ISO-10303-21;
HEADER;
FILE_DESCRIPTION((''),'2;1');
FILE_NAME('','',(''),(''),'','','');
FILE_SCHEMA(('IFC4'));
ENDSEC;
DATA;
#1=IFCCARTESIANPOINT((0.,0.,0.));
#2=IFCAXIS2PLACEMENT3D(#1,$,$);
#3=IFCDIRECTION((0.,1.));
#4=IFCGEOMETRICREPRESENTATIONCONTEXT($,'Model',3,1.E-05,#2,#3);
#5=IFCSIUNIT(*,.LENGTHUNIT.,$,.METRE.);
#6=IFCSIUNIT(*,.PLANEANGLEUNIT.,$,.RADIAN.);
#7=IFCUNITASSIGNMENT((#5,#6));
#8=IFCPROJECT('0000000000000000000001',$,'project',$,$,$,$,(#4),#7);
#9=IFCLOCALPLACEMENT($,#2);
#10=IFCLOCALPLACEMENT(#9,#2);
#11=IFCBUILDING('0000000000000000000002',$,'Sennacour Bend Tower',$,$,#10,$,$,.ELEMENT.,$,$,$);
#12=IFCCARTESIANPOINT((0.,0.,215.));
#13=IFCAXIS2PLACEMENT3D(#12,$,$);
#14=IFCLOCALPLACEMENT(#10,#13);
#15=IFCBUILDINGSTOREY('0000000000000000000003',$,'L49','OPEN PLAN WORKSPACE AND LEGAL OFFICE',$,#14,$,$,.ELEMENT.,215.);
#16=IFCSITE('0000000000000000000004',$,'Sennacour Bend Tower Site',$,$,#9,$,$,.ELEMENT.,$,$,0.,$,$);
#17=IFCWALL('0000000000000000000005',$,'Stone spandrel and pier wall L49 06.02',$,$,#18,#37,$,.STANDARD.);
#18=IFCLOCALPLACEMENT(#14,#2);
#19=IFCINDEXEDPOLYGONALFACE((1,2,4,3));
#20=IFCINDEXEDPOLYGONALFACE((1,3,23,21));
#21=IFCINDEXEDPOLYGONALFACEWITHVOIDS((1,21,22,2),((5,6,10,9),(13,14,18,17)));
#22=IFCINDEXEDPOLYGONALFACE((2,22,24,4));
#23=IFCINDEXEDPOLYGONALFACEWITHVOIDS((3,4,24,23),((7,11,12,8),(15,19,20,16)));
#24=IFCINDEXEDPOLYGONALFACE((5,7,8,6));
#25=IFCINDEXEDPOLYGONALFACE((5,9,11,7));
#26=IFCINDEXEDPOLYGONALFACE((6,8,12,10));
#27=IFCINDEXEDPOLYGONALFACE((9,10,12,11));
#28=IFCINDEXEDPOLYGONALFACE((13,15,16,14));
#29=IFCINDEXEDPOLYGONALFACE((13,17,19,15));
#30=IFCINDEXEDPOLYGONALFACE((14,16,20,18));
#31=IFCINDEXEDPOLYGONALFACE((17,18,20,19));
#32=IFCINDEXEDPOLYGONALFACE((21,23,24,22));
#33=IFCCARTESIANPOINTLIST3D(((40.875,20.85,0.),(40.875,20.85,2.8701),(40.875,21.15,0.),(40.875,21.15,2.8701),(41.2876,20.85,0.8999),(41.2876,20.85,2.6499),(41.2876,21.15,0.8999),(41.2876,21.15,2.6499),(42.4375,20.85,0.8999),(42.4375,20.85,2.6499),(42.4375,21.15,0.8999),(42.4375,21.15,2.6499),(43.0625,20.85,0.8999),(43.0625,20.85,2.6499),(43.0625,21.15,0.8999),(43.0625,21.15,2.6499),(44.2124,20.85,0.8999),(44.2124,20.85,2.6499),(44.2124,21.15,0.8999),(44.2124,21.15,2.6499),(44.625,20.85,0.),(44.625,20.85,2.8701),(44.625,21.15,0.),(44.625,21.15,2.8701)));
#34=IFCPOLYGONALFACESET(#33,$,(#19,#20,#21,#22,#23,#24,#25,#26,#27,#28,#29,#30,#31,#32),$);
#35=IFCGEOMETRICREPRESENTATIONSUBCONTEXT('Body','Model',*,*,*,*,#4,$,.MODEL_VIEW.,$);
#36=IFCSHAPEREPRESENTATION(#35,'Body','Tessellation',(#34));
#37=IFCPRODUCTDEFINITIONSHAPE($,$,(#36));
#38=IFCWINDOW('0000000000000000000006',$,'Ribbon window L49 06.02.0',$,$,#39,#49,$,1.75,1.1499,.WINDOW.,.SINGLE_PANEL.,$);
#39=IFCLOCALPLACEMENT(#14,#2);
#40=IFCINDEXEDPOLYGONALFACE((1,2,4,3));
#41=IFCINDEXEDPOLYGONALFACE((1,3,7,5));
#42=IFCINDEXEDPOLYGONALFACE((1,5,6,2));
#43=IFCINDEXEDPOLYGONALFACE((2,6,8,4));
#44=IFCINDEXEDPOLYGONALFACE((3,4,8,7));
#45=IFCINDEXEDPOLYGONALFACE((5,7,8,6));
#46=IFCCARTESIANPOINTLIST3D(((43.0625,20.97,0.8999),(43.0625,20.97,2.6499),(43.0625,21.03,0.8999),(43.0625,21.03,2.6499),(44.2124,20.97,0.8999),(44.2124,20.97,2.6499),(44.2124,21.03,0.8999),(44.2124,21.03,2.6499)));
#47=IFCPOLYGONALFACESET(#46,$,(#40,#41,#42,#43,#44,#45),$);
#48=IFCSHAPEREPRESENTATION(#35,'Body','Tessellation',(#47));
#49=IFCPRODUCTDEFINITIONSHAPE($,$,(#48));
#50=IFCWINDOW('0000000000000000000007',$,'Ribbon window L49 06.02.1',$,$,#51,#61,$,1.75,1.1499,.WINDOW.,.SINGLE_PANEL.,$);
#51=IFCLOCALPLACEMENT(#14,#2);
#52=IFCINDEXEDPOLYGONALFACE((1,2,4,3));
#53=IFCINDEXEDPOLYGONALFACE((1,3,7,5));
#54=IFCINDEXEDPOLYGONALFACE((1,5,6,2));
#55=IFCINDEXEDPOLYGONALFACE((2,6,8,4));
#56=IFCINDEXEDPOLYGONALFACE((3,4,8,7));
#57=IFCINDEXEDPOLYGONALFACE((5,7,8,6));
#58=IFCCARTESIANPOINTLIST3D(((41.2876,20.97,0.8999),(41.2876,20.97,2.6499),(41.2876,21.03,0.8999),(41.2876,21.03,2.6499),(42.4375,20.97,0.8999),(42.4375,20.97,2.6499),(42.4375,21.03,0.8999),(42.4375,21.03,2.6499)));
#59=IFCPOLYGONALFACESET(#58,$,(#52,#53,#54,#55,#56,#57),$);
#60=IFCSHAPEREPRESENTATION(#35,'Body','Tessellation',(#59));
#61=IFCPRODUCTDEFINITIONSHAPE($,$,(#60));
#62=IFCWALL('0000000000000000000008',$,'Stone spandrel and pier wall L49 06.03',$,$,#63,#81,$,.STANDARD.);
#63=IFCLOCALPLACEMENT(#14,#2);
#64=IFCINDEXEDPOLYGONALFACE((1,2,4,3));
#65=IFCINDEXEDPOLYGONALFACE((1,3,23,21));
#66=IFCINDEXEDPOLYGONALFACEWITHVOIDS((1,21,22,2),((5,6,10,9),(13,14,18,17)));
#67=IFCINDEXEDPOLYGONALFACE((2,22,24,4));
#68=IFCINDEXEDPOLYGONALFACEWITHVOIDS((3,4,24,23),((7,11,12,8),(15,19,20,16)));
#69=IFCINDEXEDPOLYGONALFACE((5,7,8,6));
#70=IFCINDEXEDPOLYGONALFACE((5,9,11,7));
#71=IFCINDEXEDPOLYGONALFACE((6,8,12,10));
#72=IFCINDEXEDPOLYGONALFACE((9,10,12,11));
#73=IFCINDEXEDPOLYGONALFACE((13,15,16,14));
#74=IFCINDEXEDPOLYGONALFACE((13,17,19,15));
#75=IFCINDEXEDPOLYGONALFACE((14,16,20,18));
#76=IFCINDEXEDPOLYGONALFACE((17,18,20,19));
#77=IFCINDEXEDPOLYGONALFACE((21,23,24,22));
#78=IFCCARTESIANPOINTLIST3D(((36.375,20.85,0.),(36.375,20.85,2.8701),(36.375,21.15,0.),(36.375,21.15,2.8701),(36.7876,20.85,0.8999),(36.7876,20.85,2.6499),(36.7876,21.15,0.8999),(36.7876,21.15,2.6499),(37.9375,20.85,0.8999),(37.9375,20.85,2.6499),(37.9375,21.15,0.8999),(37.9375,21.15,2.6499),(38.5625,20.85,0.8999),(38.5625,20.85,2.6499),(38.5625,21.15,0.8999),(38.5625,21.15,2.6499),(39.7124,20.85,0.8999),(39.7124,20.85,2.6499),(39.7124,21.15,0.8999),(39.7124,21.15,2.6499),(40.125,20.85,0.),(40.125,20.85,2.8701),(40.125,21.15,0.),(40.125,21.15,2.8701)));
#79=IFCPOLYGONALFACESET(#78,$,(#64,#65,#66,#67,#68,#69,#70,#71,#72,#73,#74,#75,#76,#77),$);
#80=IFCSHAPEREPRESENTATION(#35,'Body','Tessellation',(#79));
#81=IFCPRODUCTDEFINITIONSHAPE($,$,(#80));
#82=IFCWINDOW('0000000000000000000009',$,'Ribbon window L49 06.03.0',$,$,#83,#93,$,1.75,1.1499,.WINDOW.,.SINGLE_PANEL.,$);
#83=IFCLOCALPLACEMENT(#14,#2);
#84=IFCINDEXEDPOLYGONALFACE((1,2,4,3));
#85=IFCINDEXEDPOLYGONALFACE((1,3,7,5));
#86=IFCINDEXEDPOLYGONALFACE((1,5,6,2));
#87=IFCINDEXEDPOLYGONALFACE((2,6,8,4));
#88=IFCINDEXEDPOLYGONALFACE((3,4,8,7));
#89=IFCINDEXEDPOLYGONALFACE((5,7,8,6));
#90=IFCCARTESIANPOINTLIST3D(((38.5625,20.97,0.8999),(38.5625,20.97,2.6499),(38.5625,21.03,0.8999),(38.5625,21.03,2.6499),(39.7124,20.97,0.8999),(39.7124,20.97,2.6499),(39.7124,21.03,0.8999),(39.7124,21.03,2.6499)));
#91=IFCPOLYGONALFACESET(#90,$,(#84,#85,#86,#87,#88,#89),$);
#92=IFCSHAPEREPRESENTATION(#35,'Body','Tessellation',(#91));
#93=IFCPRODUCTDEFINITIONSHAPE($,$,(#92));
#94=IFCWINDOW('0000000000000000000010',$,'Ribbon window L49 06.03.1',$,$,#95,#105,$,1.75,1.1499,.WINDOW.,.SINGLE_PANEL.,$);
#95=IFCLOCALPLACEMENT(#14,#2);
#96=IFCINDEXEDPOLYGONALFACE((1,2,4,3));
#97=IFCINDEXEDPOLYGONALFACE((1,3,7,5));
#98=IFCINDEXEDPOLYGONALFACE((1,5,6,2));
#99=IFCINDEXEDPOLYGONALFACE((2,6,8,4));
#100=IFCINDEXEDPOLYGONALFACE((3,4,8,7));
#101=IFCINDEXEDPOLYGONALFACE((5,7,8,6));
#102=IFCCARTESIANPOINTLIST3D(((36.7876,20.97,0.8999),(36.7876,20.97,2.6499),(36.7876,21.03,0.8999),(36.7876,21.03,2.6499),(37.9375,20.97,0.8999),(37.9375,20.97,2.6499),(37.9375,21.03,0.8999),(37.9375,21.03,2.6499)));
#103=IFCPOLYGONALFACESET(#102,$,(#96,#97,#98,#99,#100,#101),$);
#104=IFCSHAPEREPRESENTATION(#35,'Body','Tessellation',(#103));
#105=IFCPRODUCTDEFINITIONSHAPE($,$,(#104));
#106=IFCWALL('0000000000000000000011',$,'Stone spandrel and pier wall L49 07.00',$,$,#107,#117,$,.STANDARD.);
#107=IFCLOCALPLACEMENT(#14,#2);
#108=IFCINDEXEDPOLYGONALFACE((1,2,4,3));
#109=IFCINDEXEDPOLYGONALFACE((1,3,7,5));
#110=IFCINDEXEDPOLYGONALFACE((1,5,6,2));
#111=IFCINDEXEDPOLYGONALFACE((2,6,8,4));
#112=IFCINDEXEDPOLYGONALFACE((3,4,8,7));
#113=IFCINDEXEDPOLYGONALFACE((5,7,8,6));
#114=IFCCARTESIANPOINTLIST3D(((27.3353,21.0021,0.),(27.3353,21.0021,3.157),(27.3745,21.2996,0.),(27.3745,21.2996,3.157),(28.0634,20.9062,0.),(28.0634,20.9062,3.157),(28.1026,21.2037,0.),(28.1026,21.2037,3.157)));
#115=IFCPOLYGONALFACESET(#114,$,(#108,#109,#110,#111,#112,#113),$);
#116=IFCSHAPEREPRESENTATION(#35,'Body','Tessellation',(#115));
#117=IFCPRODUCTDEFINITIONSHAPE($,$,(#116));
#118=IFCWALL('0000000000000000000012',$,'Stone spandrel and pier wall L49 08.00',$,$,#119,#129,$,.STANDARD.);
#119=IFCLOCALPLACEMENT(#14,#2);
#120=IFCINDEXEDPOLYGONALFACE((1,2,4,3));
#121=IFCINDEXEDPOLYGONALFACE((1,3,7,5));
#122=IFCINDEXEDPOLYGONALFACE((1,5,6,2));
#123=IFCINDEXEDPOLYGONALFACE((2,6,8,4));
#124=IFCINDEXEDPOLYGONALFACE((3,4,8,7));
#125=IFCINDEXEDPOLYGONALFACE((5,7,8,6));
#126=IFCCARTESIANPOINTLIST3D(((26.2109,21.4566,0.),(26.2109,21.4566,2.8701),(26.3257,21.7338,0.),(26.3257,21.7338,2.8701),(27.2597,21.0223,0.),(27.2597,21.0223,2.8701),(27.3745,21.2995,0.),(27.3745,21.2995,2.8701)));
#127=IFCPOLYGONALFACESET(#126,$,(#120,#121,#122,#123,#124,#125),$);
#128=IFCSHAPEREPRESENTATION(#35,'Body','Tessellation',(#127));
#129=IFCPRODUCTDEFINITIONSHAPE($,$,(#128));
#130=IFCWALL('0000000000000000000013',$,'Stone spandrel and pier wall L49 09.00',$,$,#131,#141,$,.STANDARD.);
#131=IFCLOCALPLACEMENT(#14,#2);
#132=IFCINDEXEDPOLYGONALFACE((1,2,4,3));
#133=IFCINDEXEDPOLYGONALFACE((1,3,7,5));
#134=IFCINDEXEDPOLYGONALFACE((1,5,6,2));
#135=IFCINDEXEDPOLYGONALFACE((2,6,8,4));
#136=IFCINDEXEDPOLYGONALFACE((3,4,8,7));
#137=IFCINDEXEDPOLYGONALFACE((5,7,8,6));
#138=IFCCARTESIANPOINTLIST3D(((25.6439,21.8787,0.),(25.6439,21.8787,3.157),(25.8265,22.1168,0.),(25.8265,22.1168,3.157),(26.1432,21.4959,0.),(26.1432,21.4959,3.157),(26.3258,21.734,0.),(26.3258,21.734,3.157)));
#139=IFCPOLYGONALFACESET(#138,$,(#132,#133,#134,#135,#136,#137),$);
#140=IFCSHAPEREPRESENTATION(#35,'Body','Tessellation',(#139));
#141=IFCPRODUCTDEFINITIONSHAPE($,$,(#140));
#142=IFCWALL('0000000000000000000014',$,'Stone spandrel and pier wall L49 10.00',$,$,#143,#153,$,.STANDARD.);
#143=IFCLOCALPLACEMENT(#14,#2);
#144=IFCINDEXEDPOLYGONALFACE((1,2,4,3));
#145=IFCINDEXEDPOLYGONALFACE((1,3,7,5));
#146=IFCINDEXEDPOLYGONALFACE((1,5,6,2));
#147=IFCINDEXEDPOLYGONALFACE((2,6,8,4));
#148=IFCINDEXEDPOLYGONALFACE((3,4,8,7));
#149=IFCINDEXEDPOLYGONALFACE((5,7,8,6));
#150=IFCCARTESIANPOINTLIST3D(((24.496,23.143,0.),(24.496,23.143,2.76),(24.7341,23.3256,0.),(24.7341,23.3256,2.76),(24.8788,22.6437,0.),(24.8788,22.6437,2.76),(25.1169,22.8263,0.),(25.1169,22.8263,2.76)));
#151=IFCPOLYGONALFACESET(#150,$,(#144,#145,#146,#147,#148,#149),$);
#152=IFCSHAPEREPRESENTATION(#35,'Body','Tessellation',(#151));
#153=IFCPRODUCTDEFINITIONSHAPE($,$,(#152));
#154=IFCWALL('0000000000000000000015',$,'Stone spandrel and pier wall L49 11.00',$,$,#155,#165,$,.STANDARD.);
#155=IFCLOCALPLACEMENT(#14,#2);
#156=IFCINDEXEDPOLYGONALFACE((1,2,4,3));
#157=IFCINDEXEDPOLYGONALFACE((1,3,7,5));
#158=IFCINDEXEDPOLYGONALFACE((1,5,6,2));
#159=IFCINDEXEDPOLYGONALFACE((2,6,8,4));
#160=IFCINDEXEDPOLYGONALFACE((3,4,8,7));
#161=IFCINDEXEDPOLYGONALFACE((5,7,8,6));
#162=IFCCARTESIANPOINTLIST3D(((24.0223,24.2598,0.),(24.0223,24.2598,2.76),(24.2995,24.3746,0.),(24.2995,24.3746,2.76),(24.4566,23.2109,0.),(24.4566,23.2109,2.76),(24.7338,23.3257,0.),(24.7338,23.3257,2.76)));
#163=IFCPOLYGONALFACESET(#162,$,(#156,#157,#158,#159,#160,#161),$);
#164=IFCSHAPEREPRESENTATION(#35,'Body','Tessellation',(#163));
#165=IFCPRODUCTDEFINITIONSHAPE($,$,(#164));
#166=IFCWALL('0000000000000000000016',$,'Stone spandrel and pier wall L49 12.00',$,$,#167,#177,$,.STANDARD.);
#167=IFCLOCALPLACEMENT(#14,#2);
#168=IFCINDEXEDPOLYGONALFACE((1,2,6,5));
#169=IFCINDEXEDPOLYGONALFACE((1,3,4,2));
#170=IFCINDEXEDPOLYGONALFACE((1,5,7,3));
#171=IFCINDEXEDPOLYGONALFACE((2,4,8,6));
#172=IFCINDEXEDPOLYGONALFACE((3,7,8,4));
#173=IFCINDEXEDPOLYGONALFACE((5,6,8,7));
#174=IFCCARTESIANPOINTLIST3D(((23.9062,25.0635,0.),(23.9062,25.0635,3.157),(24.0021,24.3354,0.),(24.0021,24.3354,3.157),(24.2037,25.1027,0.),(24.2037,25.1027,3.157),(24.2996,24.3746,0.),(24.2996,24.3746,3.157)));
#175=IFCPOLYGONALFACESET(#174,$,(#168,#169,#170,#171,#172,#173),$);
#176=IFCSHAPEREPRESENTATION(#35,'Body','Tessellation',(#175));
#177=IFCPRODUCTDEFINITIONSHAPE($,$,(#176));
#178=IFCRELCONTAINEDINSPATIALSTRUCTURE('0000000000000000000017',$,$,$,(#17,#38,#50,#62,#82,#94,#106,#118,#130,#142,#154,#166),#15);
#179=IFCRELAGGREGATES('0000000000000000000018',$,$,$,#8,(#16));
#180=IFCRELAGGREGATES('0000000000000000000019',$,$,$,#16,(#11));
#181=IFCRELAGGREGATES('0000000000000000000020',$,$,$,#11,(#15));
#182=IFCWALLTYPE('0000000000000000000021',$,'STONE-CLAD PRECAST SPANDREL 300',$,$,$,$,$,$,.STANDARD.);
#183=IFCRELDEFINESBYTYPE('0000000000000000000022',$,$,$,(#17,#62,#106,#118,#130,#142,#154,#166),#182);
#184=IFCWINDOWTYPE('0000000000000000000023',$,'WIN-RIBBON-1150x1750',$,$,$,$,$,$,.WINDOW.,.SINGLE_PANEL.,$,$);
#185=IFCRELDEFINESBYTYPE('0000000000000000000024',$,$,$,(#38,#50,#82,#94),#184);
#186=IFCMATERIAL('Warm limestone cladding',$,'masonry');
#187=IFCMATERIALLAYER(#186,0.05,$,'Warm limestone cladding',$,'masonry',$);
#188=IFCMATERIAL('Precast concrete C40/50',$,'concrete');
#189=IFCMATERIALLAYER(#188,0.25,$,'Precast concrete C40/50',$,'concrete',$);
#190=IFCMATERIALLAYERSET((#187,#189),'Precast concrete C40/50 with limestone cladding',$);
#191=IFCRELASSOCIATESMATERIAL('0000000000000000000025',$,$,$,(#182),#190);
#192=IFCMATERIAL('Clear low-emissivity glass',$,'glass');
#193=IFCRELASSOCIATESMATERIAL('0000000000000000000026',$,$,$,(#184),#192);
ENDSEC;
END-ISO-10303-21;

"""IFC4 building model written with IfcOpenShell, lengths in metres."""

from ifc_helpers import new_model, si_unit, direction, frame, frame_2d, origin, place, context, subcontext, project, spatial, rectangle, extrude, material, layer, layer_set, type_object, element, fill, save


model = new_model("IFC4")

# Units and contexts
model_context = context("Model", 3, precision=1e-05, world=origin(), true_north=direction((0.0, 1.0)))
body_context = subcontext(model_context, "Body", "Model", "MODEL_VIEW")
ifc_project = project(units=[si_unit("LENGTHUNIT", "METRE"), si_unit("PLANEANGLEUNIT", "RADIAN")], contexts=[model_context])

# Site, building, storey
site_placement = place(None, origin())
site = spatial("IfcSite", under=ifc_project, at=site_placement, Name="Sennacour Bend Tower Site", CompositionType="ELEMENT", RefElevation=0.0)
building_placement = place(site_placement, origin())
building = spatial("IfcBuilding", under=site, at=building_placement, Name="Sennacour Bend Tower", CompositionType="ELEMENT")
storey_placement = place(building_placement, frame((0.0, 0.0, 215.0)))
storey = spatial("IfcBuildingStorey", under=building, at=storey_placement, Name="L49", Description="OPEN PLAN WORKSPACE AND LEGAL OFFICE", CompositionType="ELEMENT", Elevation=215.0)

# Walls, openings, windows
ifc_material_1 = material(Name="Warm limestone cladding", Category="masonry")
ifc_layer_1 = layer(ifc_material_1, 0.05, Name="Warm limestone cladding", Category="masonry")
ifc_material_2 = material(Name="Precast concrete C40/50", Category="concrete")
ifc_layer_2 = layer(ifc_material_2, 0.25, Name="Precast concrete C40/50", Category="concrete")
ifc_layer_set = layer_set([ifc_layer_1, ifc_layer_2], Name="Precast concrete C40/50 with limestone cladding")
wall_type = type_object("IfcWallType", Name="STONE-CLAD PRECAST SPANDREL 300", PredefinedType="STANDARD", material=ifc_layer_set)
wall_1_placement = place(storey_placement, frame((44.625, 21.0, 0.0), z_axis=(0.0, 0.0, 1.0), x_axis=(-1.0, 0.0, 0.0)))
wall_1 = element("IfcWall", 1, at=wall_1_placement, inside=storey, type_object=wall_type, Name="Stone spandrel and pier wall L49 06.02", PredefinedType="STANDARD", context=body_context, shape_type="SweptSolid", body=[
    extrude(rectangle(XDim=3.75, YDim=0.3, at=frame_2d((1.875, 0.0))), origin(), (0.0, 0.0, 1.0), 2.8701),
])
opening_1_placement = place(wall_1_placement, frame((0.4126, 0.0, 0.8999)))
opening_1 = element("IfcOpeningElement", 2, at=opening_1_placement, cuts=wall_1, PredefinedType="OPENING", context=body_context, shape_type="SweptSolid", body=[
    extrude(rectangle(XDim=1.1499, YDim=1.75, at=frame_2d((0.575, 0.875))), frame((0.0, 0.1602, 0.0), z_axis=(0.0, -1.0, 0.0), x_axis=(1.0, 0.0, 0.0)), (0.0, 0.0, 1.0), 0.3201),
])
opening_2_placement = place(wall_1_placement, frame((2.1875, 0.0, 0.8999)))
opening_2 = element("IfcOpeningElement", 3, at=opening_2_placement, cuts=wall_1, PredefinedType="OPENING", context=body_context, shape_type="SweptSolid", body=[
    extrude(rectangle(XDim=1.1499, YDim=1.75, at=frame_2d((0.575, 0.875))), frame((0.0, 0.1602, 0.0), z_axis=(0.0, -1.0, 0.0), x_axis=(1.0, 0.0, 0.0)), (0.0, 0.0, 1.0), 0.3201),
])
ifc_material_3 = material(Name="Clear low-emissivity glass", Category="glass")
window_type_1 = type_object("IfcWindowType", Name="WIN-RIBBON-1150x1750", PartitioningType="SINGLE_PANEL", PredefinedType="WINDOW", material=ifc_material_3)
window_1_placement = place(opening_1_placement, origin())
window_1 = element("IfcWindow", 4, at=window_1_placement, inside=storey, type_object=window_type_1, Name="Ribbon window L49 06.02.0", OverallHeight=1.75, OverallWidth=1.1499, PartitioningType="SINGLE_PANEL", PredefinedType="WINDOW", context=body_context, shape_type="SweptSolid", body=[
    extrude(rectangle(XDim=1.1499, YDim=1.75, at=frame_2d((0.575, 0.875))), frame((0.0, 0.03, 0.0), z_axis=(0.0, -1.0, 0.0), x_axis=(1.0, 0.0, 0.0)), (0.0, 0.0, 1.0), 0.0601),
])
fill(opening_1, window_1)
window_2_placement = place(opening_2_placement, origin())
window_2 = element("IfcWindow", 5, at=window_2_placement, inside=storey, type_object=window_type_1, Name="Ribbon window L49 06.02.1", OverallHeight=1.75, OverallWidth=1.1499, PartitioningType="SINGLE_PANEL", PredefinedType="WINDOW", context=body_context, shape_type="SweptSolid", body=[
    extrude(rectangle(XDim=1.1499, YDim=1.75, at=frame_2d((0.575, 0.875))), frame((0.0, 0.03, 0.0), z_axis=(0.0, -1.0, 0.0), x_axis=(1.0, 0.0, 0.0)), (0.0, 0.0, 1.0), 0.0601),
])
fill(opening_2, window_2)
wall_2_placement = place(storey_placement, frame((40.125, 21.0, 0.0), z_axis=(0.0, 0.0, 1.0), x_axis=(-1.0, 0.0, 0.0)))
wall_2 = element("IfcWall", 6, at=wall_2_placement, inside=storey, type_object=wall_type, Name="Stone spandrel and pier wall L49 06.03", PredefinedType="STANDARD", context=body_context, shape_type="SweptSolid", body=[
    extrude(rectangle(XDim=3.75, YDim=0.3, at=frame_2d((1.875, 0.0))), origin(), (0.0, 0.0, 1.0), 2.8701),
])
opening_3_placement = place(wall_2_placement, frame((0.4126, 0.0, 0.8999)))
opening_3 = element("IfcOpeningElement", 7, at=opening_3_placement, cuts=wall_2, PredefinedType="OPENING", context=body_context, shape_type="SweptSolid", body=[
    extrude(rectangle(XDim=1.1499, YDim=1.75, at=frame_2d((0.575, 0.875))), frame((0.0, 0.1602, 0.0), z_axis=(0.0, -1.0, 0.0), x_axis=(1.0, 0.0, 0.0)), (0.0, 0.0, 1.0), 0.3201),
])
opening_4_placement = place(wall_2_placement, frame((2.1875, 0.0, 0.8999)))
opening_4 = element("IfcOpeningElement", 8, at=opening_4_placement, cuts=wall_2, PredefinedType="OPENING", context=body_context, shape_type="SweptSolid", body=[
    extrude(rectangle(XDim=1.1499, YDim=1.75, at=frame_2d((0.575, 0.875))), frame((0.0, 0.1602, 0.0), z_axis=(0.0, -1.0, 0.0), x_axis=(1.0, 0.0, 0.0)), (0.0, 0.0, 1.0), 0.3201),
])
window_3_placement = place(opening_3_placement, origin())
window_3 = element("IfcWindow", 9, at=window_3_placement, inside=storey, type_object=window_type_1, Name="Ribbon window L49 06.03.0", OverallHeight=1.75, OverallWidth=1.1499, PartitioningType="SINGLE_PANEL", PredefinedType="WINDOW", context=body_context, shape_type="SweptSolid", body=[
    extrude(rectangle(XDim=1.1499, YDim=1.75, at=frame_2d((0.575, 0.875))), frame((0.0, 0.03, 0.0), z_axis=(0.0, -1.0, 0.0), x_axis=(1.0, 0.0, 0.0)), (0.0, 0.0, 1.0), 0.0601),
])
fill(opening_3, window_3)
window_4_placement = place(opening_4_placement, origin())
window_4 = element("IfcWindow", 10, at=window_4_placement, inside=storey, type_object=window_type_1, Name="Ribbon window L49 06.03.1", OverallHeight=1.75, OverallWidth=1.1499, PartitioningType="SINGLE_PANEL", PredefinedType="WINDOW", context=body_context, shape_type="SweptSolid", body=[
    extrude(rectangle(XDim=1.1499, YDim=1.75, at=frame_2d((0.575, 0.875))), frame((0.0, 0.03, 0.0), z_axis=(0.0, -1.0, 0.0), x_axis=(1.0, 0.0, 0.0)), (0.0, 0.0, 1.0), 0.0601),
])
fill(opening_4, window_4)

# Walls
wall_3_placement = place(storey_placement, frame((28.083, 21.0549, 0.0), z_axis=(0.0, 0.0, 1.0), x_axis=(-0.991427, 0.130661, 0.0)))
element("IfcWall", 11, at=wall_3_placement, inside=storey, type_object=wall_type, Name="Stone spandrel and pier wall L49 07.00", PredefinedType="STANDARD", context=body_context, shape_type="SweptSolid", body=[
    extrude(rectangle(XDim=0.7344, YDim=0.3, at=frame_2d((0.3672, 0.0))), origin(), (0.0, 0.0, 1.0), 3.157),
])
wall_4_placement = place(storey_placement, frame((27.3171, 21.1609, 0.0), z_axis=(0.0, 0.0, 1.0), x_axis=(-0.923915, 0.382599, 0.0)))
element("IfcWall", 12, at=wall_4_placement, inside=storey, type_object=wall_type, Name="Stone spandrel and pier wall L49 08.00", PredefinedType="STANDARD", context=body_context, shape_type="SweptSolid", body=[
    extrude(rectangle(XDim=1.1353, YDim=0.3, at=frame_2d((0.5676, 0.0))), origin(), (0.0, 0.0, 1.0), 2.8701),
])
wall_5_placement = place(storey_placement, frame((26.2344, 21.615, 0.0), z_axis=(0.0, 0.0, 1.0), x_axis=(-0.793575, 0.608472, 0.0)))
element("IfcWall", 13, at=wall_5_placement, inside=storey, type_object=wall_type, Name="Stone spandrel and pier wall L49 09.00", PredefinedType="STANDARD", context=body_context, shape_type="SweptSolid", body=[
    extrude(rectangle(XDim=0.6292, YDim=0.3, at=frame_2d((0.3145, 0.0))), origin(), (0.0, 0.0, 1.0), 3.157),
])
wall_6_placement = place(storey_placement, frame((24.9978, 22.7351, 0.0), z_axis=(0.0, 0.0, 1.0), x_axis=(-0.608472, 0.793575, 0.0)))
element("IfcWall", 14, at=wall_6_placement, inside=storey, type_object=wall_type, Name="Stone spandrel and pier wall L49 10.00", PredefinedType="STANDARD", context=body_context, shape_type="SweptSolid", body=[
    extrude(rectangle(XDim=0.6292, YDim=0.3, at=frame_2d((0.3145, 0.0))), origin(), (0.0, 0.0, 1.0), 2.76),
])
wall_7_placement = place(storey_placement, frame((24.5952, 23.2683, 0.0), z_axis=(0.0, 0.0, 1.0), x_axis=(-0.382599, 0.923915, 0.0)))
element("IfcWall", 15, at=wall_7_placement, inside=storey, type_object=wall_type, Name="Stone spandrel and pier wall L49 11.00", PredefinedType="STANDARD", context=body_context, shape_type="SweptSolid", body=[
    extrude(rectangle(XDim=1.1353, YDim=0.3, at=frame_2d((0.5676, 0.0))), origin(), (0.0, 0.0, 1.0), 2.76),
])
wall_8_placement = place(storey_placement, frame((24.1509, 24.355, 0.0), z_axis=(0.0, 0.0, 1.0), x_axis=(-0.130661, 0.991427, 0.0)))
element("IfcWall", 16, at=wall_8_placement, inside=storey, type_object=wall_type, Name="Stone spandrel and pier wall L49 12.00", PredefinedType="STANDARD", context=body_context, shape_type="SweptSolid", body=[
    extrude(rectangle(XDim=0.7344, YDim=0.3, at=frame_2d((0.3672, 0.0))), origin(), (0.0, 0.0, 1.0), 3.157),
])

save(model, "model.ifc")
